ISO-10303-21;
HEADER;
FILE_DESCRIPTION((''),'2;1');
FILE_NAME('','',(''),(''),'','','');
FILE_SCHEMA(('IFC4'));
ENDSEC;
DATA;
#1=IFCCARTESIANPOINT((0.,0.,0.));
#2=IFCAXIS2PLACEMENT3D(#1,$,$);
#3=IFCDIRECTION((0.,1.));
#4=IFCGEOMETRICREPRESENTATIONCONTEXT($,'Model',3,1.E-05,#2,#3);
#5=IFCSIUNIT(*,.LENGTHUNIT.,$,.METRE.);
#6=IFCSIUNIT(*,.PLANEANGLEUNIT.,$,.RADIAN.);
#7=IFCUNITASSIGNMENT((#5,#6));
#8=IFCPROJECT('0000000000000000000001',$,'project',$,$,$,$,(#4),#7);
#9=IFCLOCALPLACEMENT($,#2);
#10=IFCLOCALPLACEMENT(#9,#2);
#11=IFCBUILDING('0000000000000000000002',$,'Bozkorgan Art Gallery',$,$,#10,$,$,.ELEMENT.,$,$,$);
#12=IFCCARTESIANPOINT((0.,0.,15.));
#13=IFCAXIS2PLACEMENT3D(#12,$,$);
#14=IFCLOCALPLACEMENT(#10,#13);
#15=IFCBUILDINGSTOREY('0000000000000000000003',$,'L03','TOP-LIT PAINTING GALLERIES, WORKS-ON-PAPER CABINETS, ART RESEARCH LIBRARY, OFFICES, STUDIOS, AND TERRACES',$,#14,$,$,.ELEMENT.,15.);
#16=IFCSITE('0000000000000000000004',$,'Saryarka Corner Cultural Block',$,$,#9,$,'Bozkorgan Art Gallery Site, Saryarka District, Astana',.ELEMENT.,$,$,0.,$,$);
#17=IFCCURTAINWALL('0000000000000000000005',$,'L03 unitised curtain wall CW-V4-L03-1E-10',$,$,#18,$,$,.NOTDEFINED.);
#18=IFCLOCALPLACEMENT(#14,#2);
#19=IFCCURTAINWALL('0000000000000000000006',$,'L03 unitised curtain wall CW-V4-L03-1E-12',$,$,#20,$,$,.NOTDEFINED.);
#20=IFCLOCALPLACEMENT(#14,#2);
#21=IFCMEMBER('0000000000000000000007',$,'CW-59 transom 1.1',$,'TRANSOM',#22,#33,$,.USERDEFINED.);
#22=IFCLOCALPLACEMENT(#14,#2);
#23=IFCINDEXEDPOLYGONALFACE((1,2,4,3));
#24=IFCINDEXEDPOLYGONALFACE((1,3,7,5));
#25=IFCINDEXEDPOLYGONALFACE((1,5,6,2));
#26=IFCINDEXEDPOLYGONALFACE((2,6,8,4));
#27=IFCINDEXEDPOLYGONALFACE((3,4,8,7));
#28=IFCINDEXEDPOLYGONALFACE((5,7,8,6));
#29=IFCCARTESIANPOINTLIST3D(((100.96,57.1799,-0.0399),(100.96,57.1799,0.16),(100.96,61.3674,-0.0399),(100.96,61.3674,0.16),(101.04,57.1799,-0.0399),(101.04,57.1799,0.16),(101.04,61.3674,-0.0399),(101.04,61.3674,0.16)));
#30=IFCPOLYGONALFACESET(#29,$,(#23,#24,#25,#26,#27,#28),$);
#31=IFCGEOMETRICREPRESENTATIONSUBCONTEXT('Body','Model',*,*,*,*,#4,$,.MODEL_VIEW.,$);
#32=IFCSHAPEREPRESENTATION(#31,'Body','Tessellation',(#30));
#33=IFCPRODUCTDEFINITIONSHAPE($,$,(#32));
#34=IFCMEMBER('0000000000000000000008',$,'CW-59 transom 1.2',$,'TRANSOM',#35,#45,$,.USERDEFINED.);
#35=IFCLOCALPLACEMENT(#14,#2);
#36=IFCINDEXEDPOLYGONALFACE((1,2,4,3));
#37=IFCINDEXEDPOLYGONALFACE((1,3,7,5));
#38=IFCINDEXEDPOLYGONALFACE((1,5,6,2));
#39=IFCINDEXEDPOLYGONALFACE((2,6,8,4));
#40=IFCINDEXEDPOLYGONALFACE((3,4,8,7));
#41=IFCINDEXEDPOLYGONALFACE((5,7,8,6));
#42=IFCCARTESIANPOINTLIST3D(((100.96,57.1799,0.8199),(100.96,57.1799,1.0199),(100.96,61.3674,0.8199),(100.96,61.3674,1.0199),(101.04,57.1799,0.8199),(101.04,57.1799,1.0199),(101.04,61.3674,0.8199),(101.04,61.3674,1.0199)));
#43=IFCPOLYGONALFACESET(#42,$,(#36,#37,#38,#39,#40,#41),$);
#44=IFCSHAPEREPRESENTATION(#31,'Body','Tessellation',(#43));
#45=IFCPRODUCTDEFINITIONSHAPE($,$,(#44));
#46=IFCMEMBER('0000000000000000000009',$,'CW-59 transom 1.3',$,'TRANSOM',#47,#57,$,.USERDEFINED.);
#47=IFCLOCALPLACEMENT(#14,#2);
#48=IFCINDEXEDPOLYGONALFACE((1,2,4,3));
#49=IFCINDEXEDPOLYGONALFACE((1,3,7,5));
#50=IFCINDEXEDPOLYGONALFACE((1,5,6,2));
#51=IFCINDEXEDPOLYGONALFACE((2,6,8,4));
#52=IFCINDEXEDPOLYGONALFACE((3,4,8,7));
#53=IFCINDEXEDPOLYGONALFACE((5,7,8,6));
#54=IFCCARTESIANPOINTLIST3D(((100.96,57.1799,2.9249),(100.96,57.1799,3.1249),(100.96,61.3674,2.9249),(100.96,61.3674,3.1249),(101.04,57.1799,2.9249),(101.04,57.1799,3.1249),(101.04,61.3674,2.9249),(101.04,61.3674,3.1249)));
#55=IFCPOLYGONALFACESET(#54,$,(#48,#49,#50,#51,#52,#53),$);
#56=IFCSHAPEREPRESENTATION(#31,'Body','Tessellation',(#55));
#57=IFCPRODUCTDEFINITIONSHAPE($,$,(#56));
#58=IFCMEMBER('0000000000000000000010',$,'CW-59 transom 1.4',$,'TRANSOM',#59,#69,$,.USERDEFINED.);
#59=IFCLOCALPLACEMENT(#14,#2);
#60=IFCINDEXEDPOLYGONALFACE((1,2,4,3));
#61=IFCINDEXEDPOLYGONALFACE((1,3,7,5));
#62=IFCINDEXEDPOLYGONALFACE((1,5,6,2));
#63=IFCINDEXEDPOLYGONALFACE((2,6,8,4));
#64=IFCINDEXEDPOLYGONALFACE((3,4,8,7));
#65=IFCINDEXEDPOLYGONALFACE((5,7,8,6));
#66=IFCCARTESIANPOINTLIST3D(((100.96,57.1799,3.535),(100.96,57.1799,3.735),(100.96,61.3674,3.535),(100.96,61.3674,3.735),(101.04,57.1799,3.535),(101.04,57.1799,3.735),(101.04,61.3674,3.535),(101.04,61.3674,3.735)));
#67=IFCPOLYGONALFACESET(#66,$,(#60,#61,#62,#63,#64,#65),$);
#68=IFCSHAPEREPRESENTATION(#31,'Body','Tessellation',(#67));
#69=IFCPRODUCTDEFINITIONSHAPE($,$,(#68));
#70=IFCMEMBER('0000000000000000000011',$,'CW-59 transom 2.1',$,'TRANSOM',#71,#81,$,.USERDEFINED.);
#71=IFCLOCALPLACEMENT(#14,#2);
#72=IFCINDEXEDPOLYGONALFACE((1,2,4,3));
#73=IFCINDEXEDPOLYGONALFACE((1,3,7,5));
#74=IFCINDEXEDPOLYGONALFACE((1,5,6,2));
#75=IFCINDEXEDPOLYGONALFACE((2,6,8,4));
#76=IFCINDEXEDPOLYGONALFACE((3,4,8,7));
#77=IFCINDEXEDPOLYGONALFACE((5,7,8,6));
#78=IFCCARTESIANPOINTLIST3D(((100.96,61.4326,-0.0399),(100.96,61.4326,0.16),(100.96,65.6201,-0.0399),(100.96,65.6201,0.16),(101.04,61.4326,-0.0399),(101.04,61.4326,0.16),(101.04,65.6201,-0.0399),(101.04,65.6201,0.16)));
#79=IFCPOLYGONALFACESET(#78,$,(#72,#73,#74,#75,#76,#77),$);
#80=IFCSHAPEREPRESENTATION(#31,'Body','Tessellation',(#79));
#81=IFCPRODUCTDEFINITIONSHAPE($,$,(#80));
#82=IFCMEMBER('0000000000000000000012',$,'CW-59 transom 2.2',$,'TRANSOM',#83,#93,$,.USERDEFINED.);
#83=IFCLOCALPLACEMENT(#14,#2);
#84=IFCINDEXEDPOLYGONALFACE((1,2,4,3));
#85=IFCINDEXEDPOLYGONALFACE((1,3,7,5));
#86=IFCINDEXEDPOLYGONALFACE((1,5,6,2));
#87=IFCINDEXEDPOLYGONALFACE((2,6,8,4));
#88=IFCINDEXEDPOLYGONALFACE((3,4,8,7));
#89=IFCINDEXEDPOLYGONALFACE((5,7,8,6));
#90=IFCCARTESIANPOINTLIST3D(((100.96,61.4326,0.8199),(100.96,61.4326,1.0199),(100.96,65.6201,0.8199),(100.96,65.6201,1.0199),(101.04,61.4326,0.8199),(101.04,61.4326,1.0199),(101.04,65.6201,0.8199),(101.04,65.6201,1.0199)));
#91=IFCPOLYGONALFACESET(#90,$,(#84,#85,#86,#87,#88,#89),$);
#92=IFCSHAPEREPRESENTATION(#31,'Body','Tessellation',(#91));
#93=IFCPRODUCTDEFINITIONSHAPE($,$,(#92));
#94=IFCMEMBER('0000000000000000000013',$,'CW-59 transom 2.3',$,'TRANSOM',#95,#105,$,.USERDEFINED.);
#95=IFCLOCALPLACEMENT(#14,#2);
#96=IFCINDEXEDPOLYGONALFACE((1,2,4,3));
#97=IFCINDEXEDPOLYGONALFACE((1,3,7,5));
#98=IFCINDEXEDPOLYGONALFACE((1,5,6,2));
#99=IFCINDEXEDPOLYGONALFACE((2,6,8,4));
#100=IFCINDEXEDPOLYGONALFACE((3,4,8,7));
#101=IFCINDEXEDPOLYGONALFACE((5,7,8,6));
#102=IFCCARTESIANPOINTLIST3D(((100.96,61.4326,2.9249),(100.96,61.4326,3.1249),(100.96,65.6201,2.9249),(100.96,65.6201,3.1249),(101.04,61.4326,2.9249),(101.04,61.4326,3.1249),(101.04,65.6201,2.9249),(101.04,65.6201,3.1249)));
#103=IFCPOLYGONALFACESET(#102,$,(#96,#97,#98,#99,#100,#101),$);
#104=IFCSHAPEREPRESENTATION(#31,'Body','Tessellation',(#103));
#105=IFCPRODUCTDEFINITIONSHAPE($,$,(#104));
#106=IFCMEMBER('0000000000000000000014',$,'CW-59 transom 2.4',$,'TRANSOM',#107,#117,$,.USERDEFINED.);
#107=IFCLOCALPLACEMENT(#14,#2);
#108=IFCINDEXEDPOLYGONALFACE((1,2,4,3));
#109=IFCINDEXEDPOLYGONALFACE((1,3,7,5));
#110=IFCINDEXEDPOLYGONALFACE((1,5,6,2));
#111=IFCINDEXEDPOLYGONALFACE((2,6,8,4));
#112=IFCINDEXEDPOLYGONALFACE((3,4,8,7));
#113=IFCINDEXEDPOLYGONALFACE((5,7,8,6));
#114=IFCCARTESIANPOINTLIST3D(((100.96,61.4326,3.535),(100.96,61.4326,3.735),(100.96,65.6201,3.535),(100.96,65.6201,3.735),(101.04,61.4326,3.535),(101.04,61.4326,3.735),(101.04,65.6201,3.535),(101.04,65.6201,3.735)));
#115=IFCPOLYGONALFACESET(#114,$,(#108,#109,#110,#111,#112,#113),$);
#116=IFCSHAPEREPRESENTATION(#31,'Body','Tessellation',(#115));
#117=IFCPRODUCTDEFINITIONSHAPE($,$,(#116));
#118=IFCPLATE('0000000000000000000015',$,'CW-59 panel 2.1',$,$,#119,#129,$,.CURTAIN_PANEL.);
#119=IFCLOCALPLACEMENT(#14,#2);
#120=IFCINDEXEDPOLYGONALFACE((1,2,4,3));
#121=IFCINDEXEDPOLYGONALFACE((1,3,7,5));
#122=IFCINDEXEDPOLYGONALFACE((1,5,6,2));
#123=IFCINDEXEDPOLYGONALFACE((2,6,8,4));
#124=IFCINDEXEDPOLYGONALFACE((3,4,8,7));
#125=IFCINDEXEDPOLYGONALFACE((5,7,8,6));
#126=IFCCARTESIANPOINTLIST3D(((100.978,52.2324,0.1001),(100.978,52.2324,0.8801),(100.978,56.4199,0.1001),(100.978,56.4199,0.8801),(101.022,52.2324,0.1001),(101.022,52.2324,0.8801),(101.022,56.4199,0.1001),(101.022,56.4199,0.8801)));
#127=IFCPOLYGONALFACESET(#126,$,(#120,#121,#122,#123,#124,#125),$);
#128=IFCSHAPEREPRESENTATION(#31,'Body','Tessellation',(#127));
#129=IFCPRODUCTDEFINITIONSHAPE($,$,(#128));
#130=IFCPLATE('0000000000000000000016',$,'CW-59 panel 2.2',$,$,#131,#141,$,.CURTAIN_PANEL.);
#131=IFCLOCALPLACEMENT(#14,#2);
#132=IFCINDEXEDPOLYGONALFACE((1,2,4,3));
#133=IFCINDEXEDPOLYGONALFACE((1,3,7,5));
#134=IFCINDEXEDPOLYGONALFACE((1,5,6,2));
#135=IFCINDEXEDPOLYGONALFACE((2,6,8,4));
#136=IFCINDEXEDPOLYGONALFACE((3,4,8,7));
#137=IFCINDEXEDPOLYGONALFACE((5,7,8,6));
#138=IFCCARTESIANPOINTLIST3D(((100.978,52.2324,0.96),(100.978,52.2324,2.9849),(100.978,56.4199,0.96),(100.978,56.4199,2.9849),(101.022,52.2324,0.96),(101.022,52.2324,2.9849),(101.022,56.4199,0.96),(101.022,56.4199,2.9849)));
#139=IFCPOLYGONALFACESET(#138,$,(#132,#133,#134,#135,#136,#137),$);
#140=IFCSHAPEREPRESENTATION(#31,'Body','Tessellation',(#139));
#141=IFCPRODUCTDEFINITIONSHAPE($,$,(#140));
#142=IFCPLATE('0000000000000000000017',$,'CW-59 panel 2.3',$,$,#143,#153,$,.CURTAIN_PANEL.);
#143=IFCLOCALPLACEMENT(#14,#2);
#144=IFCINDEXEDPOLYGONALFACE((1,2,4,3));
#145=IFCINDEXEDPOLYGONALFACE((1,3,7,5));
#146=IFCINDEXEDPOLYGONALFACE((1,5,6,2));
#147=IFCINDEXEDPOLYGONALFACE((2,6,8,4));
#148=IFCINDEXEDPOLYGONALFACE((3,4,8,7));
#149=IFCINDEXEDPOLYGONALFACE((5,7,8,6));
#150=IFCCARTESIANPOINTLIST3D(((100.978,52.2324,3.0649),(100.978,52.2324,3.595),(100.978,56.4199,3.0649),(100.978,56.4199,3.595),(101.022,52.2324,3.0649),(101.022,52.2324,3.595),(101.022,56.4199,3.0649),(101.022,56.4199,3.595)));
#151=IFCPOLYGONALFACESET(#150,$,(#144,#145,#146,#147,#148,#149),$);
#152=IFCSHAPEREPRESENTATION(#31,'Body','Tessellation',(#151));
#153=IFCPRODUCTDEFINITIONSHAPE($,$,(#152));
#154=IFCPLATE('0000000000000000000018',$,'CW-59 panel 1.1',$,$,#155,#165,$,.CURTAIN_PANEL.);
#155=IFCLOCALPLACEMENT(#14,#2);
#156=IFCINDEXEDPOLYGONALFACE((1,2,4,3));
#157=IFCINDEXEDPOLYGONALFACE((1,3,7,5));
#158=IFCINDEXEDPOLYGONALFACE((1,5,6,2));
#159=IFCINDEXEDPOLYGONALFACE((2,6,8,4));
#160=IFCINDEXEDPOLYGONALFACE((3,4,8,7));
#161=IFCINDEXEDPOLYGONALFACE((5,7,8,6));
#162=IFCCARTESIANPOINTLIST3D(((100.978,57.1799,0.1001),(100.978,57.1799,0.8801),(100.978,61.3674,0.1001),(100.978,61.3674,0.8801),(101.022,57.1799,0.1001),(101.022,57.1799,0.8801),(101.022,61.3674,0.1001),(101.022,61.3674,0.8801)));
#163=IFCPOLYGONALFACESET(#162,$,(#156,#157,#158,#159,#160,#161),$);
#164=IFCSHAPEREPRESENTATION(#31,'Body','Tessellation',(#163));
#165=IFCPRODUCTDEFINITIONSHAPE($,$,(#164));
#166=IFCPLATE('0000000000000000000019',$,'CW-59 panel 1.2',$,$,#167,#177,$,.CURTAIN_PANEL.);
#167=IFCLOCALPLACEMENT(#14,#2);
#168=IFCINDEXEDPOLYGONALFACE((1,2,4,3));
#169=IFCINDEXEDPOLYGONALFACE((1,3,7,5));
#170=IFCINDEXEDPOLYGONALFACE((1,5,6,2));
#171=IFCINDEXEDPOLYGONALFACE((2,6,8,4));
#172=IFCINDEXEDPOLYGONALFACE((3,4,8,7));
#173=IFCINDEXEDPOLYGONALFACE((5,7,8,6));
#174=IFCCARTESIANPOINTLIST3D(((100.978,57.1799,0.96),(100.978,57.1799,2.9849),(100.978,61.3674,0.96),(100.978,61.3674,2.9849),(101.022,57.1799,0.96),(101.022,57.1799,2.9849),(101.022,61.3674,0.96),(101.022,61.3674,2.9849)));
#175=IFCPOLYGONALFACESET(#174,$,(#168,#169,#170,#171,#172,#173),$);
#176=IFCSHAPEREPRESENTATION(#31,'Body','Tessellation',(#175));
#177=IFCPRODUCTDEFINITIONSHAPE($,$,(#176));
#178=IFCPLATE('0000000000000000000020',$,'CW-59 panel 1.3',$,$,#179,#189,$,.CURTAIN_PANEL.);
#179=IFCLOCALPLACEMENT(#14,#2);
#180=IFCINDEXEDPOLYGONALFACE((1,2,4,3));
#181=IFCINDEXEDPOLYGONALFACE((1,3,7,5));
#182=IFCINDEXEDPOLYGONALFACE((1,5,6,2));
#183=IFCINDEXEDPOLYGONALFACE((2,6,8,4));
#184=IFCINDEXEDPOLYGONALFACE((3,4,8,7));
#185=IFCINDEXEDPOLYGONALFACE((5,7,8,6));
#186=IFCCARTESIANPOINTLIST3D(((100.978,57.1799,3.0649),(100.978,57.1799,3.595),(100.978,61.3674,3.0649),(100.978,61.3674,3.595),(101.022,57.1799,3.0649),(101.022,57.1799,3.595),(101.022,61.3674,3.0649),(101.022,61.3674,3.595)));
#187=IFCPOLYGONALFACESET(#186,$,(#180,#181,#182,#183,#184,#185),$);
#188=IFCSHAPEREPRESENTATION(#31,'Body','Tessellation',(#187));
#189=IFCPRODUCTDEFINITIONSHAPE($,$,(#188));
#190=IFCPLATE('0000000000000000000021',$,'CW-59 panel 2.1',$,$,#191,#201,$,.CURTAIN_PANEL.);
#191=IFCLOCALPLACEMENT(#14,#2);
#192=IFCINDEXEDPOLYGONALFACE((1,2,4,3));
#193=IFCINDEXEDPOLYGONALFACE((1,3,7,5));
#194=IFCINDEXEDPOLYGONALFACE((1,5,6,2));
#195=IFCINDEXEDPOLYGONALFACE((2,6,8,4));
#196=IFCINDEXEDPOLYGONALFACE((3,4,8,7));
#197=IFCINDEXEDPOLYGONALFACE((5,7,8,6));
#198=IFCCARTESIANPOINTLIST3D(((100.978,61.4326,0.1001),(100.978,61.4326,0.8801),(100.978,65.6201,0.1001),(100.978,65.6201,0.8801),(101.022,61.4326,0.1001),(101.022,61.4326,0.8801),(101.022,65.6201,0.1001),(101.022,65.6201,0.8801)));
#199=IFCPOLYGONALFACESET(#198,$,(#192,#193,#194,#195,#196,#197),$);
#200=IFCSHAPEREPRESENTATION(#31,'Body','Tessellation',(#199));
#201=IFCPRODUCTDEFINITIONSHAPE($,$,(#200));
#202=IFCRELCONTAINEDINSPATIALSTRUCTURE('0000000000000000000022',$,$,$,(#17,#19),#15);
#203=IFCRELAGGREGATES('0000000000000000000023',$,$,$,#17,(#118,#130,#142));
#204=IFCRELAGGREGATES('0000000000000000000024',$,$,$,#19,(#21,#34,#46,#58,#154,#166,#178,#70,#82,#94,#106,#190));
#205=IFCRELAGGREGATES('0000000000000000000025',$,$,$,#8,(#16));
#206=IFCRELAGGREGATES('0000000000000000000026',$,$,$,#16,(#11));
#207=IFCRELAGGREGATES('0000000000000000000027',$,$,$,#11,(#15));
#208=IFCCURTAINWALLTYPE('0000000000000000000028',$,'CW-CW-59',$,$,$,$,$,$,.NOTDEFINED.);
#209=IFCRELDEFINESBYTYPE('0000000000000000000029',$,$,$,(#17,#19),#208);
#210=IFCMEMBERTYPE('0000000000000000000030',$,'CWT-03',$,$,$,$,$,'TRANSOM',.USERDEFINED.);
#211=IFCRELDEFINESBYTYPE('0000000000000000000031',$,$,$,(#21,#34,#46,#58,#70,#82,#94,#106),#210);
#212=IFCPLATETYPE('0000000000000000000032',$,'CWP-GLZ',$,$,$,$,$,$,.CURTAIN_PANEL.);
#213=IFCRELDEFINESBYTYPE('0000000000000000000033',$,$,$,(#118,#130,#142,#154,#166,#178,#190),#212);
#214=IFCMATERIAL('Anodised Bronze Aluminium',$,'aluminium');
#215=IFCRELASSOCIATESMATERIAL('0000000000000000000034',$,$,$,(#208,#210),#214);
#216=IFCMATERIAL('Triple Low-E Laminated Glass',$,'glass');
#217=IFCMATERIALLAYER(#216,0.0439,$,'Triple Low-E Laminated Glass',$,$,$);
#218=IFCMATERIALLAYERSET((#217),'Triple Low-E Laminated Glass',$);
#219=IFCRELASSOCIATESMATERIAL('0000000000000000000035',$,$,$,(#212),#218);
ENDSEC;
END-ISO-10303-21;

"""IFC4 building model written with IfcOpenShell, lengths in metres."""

from ifc_helpers import new_model, si_unit, direction, frame, origin, origin_2d, place, context, subcontext, project, spatial, rectangle, extrude, material, layer, layer_set, material_profile, profile_set, type_object, element, aggregate, save


model = new_model("IFC4")

# Units and contexts
model_context = context("Model", 3, precision=1e-05, world=origin(), true_north=direction((0.0, 1.0)))
body_context = subcontext(model_context, "Body", "Model", "MODEL_VIEW")
ifc_project = project(units=[si_unit("LENGTHUNIT", "METRE"), si_unit("PLANEANGLEUNIT", "RADIAN")], contexts=[model_context])

# Site, building, storey
site_placement = place(None, origin())
site = spatial("IfcSite", under=ifc_project, at=site_placement, Name="Saryarka Corner Cultural Block", LongName="Bozkorgan Art Gallery Site, Saryarka District, Astana", CompositionType="ELEMENT", RefElevation=0.0)
building_placement = place(site_placement, origin())
building = spatial("IfcBuilding", under=site, at=building_placement, Name="Bozkorgan Art Gallery", CompositionType="ELEMENT")
storey_placement = place(building_placement, frame((0.0, 0.0, 15.0)))
storey = spatial("IfcBuildingStorey", under=building, at=storey_placement, Name="L03", Description="TOP-LIT PAINTING GALLERIES, WORKS-ON-PAPER CABINETS, ART RESEARCH LIBRARY, OFFICES, STUDIOS, AND TERRACES", CompositionType="ELEMENT", Elevation=15.0)

# Curtain wall
ifc_material_1 = material(Name="Anodised Bronze Aluminium", Category="aluminium")
curtain_wall_type = type_object("IfcCurtainWallType", Name="CW-CW-59", PredefinedType="NOTDEFINED", material=ifc_material_1)
curtain_wall_1_placement = place(storey_placement, origin())
curtain_wall_1 = element("IfcCurtainWall", 1, at=curtain_wall_1_placement, inside=storey, type_object=curtain_wall_type, Name="L03 unitised curtain wall CW-V4-L03-1E-10", PredefinedType="NOTDEFINED")

# Curtain wall
curtain_wall_2_placement = place(storey_placement, origin())
curtain_wall_2 = element("IfcCurtainWall", 2, at=curtain_wall_2_placement, inside=storey, type_object=curtain_wall_type, Name="L03 unitised curtain wall CW-V4-L03-1E-12", PredefinedType="NOTDEFINED")

# Members
ifc_material_profile_1 = material_profile(ifc_material_1, rectangle(XDim=0.0801, YDim=0.2, at=origin_2d()), Name="ALU TRANSOM 80x200")
ifc_profile_set_1 = profile_set([ifc_material_profile_1], Name="Anodised Bronze Aluminium")
member_type_1 = type_object("IfcMemberType", Name="CWT-03", ElementType="TRANSOM", PredefinedType="USERDEFINED", material=ifc_profile_set_1)
member_1_placement = place(storey_placement, frame((101.0, 57.1799, 0.0601), z_axis=(0.0, 1.0, 0.0), x_axis=(-1.0, 0.0, 0.0)))
member_1 = element("IfcMember", 3, at=member_1_placement, type_object=member_type_1, Name="CW-59 transom 1.1", ObjectType="TRANSOM", PredefinedType="USERDEFINED", context=body_context, shape_type="SweptSolid", body=[
    extrude(rectangle(XDim=0.0801, YDim=0.2, at=origin_2d()), origin(), (0.0, 0.0, 1.0), 4.1875),
])
member_2_placement = place(storey_placement, frame((101.0, 57.1799, 0.9199), z_axis=(0.0, 1.0, 0.0), x_axis=(-1.0, 0.0, 0.0)))
member_2 = element("IfcMember", 4, at=member_2_placement, type_object=member_type_1, Name="CW-59 transom 1.2", ObjectType="TRANSOM", PredefinedType="USERDEFINED", context=body_context, shape_type="SweptSolid", body=[
    extrude(rectangle(XDim=0.0801, YDim=0.2, at=origin_2d()), origin(), (0.0, 0.0, 1.0), 4.1875),
])
member_3_placement = place(storey_placement, frame((101.0, 57.1799, 3.0249), z_axis=(0.0, 1.0, 0.0), x_axis=(-1.0, 0.0, 0.0)))
member_3 = element("IfcMember", 5, at=member_3_placement, type_object=member_type_1, Name="CW-59 transom 1.3", ObjectType="TRANSOM", PredefinedType="USERDEFINED", context=body_context, shape_type="SweptSolid", body=[
    extrude(rectangle(XDim=0.0801, YDim=0.2, at=origin_2d()), origin(), (0.0, 0.0, 1.0), 4.1875),
])
member_4_placement = place(storey_placement, frame((101.0, 57.1799, 3.635), z_axis=(0.0, 1.0, 0.0), x_axis=(-1.0, 0.0, 0.0)))
member_4 = element("IfcMember", 6, at=member_4_placement, type_object=member_type_1, Name="CW-59 transom 1.4", ObjectType="TRANSOM", PredefinedType="USERDEFINED", context=body_context, shape_type="SweptSolid", body=[
    extrude(rectangle(XDim=0.0801, YDim=0.2, at=origin_2d()), origin(), (0.0, 0.0, 1.0), 4.1875),
])
member_5_placement = place(storey_placement, frame((101.0, 61.4326, 0.0601), z_axis=(0.0, 1.0, 0.0), x_axis=(-1.0, 0.0, 0.0)))
member_5 = element("IfcMember", 7, at=member_5_placement, type_object=member_type_1, Name="CW-59 transom 2.1", ObjectType="TRANSOM", PredefinedType="USERDEFINED", context=body_context, shape_type="SweptSolid", body=[
    extrude(rectangle(XDim=0.0801, YDim=0.2, at=origin_2d()), origin(), (0.0, 0.0, 1.0), 4.1875),
])
member_6_placement = place(storey_placement, frame((101.0, 61.4326, 0.9199), z_axis=(0.0, 1.0, 0.0), x_axis=(-1.0, 0.0, 0.0)))
member_6 = element("IfcMember", 8, at=member_6_placement, type_object=member_type_1, Name="CW-59 transom 2.2", ObjectType="TRANSOM", PredefinedType="USERDEFINED", context=body_context, shape_type="SweptSolid", body=[
    extrude(rectangle(XDim=0.0801, YDim=0.2, at=origin_2d()), origin(), (0.0, 0.0, 1.0), 4.1875),
])
member_7_placement = place(storey_placement, frame((101.0, 61.4326, 3.0249), z_axis=(0.0, 1.0, 0.0), x_axis=(-1.0, 0.0, 0.0)))
member_7 = element("IfcMember", 9, at=member_7_placement, type_object=member_type_1, Name="CW-59 transom 2.3", ObjectType="TRANSOM", PredefinedType="USERDEFINED", context=body_context, shape_type="SweptSolid", body=[
    extrude(rectangle(XDim=0.0801, YDim=0.2, at=origin_2d()), origin(), (0.0, 0.0, 1.0), 4.1875),
])
member_8_placement = place(storey_placement, frame((101.0, 61.4326, 3.635), z_axis=(0.0, 1.0, 0.0), x_axis=(-1.0, 0.0, 0.0)))
member_8 = element("IfcMember", 10, at=member_8_placement, type_object=member_type_1, Name="CW-59 transom 2.4", ObjectType="TRANSOM", PredefinedType="USERDEFINED", context=body_context, shape_type="SweptSolid", body=[
    extrude(rectangle(XDim=0.0801, YDim=0.2, at=origin_2d()), origin(), (0.0, 0.0, 1.0), 4.1875),
])

# Plates
ifc_material_2 = material(Name="Triple Low-E Laminated Glass", Category="glass")
ifc_layer_1 = layer(ifc_material_2, 0.0439, Name="Triple Low-E Laminated Glass")
ifc_layer_set_1 = layer_set([ifc_layer_1], Name="Triple Low-E Laminated Glass")
plate_type_1 = type_object("IfcPlateType", Name="CWP-GLZ", PredefinedType="CURTAIN_PANEL", material=ifc_layer_set_1)
plate_1_placement = place(storey_placement, frame((101.0, 54.3262, 0.1001), z_axis=(0.0, 0.0, 1.0), x_axis=(0.0, 1.0, 0.0)))
plate_1 = element("IfcPlate", 11, at=plate_1_placement, type_object=plate_type_1, Name="CW-59 panel 2.1", PredefinedType="CURTAIN_PANEL", context=body_context, shape_type="SweptSolid", body=[
    extrude(rectangle(XDim=4.1875, YDim=0.0439, at=origin_2d()), origin(), (0.0, 0.0, 1.0), 0.78),
])
plate_2_placement = place(storey_placement, frame((101.0, 54.3262, 0.96), z_axis=(0.0, 0.0, 1.0), x_axis=(0.0, 1.0, 0.0)))
plate_2 = element("IfcPlate", 12, at=plate_2_placement, type_object=plate_type_1, Name="CW-59 panel 2.2", PredefinedType="CURTAIN_PANEL", context=body_context, shape_type="SweptSolid", body=[
    extrude(rectangle(XDim=4.1875, YDim=0.0439, at=origin_2d()), origin(), (0.0, 0.0, 1.0), 2.0249),
])
plate_3_placement = place(storey_placement, frame((101.0, 54.3262, 3.0649), z_axis=(0.0, 0.0, 1.0), x_axis=(0.0, 1.0, 0.0)))
plate_3 = element("IfcPlate", 13, at=plate_3_placement, type_object=plate_type_1, Name="CW-59 panel 2.3", PredefinedType="CURTAIN_PANEL", context=body_context, shape_type="SweptSolid", body=[
    extrude(rectangle(XDim=4.1875, YDim=0.0439, at=origin_2d()), origin(), (0.0, 0.0, 1.0), 0.53),
])
aggregate(curtain_wall_1, [plate_1, plate_2, plate_3])
plate_4_placement = place(storey_placement, frame((101.0, 59.2737, 0.1001), z_axis=(0.0, 0.0, 1.0), x_axis=(0.0, 1.0, 0.0)))
plate_4 = element("IfcPlate", 14, at=plate_4_placement, type_object=plate_type_1, Name="CW-59 panel 1.1", PredefinedType="CURTAIN_PANEL", context=body_context, shape_type="SweptSolid", body=[
    extrude(rectangle(XDim=4.1875, YDim=0.0439, at=origin_2d()), origin(), (0.0, 0.0, 1.0), 0.78),
])
plate_5_placement = place(storey_placement, frame((101.0, 59.2737, 0.96), z_axis=(0.0, 0.0, 1.0), x_axis=(0.0, 1.0, 0.0)))
plate_5 = element("IfcPlate", 15, at=plate_5_placement, type_object=plate_type_1, Name="CW-59 panel 1.2", PredefinedType="CURTAIN_PANEL", context=body_context, shape_type="SweptSolid", body=[
    extrude(rectangle(XDim=4.1875, YDim=0.0439, at=origin_2d()), origin(), (0.0, 0.0, 1.0), 2.0249),
])
plate_6_placement = place(storey_placement, frame((101.0, 59.2737, 3.0649), z_axis=(0.0, 0.0, 1.0), x_axis=(0.0, 1.0, 0.0)))
plate_6 = element("IfcPlate", 16, at=plate_6_placement, type_object=plate_type_1, Name="CW-59 panel 1.3", PredefinedType="CURTAIN_PANEL", context=body_context, shape_type="SweptSolid", body=[
    extrude(rectangle(XDim=4.1875, YDim=0.0439, at=origin_2d()), origin(), (0.0, 0.0, 1.0), 0.53),
])
plate_7_placement = place(storey_placement, frame((101.0, 63.5264, 0.1001), z_axis=(0.0, 0.0, 1.0), x_axis=(0.0, 1.0, 0.0)))
plate_7 = element("IfcPlate", 17, at=plate_7_placement, type_object=plate_type_1, Name="CW-59 panel 2.1", PredefinedType="CURTAIN_PANEL", context=body_context, shape_type="SweptSolid", body=[
    extrude(rectangle(XDim=4.1875, YDim=0.0439, at=origin_2d()), origin(), (0.0, 0.0, 1.0), 0.78),
])
aggregate(curtain_wall_2, [member_1, member_2, member_3, member_4, plate_4, plate_5, plate_6, member_5, member_6, member_7, member_8, plate_7])

save(model, "model.ifc")
